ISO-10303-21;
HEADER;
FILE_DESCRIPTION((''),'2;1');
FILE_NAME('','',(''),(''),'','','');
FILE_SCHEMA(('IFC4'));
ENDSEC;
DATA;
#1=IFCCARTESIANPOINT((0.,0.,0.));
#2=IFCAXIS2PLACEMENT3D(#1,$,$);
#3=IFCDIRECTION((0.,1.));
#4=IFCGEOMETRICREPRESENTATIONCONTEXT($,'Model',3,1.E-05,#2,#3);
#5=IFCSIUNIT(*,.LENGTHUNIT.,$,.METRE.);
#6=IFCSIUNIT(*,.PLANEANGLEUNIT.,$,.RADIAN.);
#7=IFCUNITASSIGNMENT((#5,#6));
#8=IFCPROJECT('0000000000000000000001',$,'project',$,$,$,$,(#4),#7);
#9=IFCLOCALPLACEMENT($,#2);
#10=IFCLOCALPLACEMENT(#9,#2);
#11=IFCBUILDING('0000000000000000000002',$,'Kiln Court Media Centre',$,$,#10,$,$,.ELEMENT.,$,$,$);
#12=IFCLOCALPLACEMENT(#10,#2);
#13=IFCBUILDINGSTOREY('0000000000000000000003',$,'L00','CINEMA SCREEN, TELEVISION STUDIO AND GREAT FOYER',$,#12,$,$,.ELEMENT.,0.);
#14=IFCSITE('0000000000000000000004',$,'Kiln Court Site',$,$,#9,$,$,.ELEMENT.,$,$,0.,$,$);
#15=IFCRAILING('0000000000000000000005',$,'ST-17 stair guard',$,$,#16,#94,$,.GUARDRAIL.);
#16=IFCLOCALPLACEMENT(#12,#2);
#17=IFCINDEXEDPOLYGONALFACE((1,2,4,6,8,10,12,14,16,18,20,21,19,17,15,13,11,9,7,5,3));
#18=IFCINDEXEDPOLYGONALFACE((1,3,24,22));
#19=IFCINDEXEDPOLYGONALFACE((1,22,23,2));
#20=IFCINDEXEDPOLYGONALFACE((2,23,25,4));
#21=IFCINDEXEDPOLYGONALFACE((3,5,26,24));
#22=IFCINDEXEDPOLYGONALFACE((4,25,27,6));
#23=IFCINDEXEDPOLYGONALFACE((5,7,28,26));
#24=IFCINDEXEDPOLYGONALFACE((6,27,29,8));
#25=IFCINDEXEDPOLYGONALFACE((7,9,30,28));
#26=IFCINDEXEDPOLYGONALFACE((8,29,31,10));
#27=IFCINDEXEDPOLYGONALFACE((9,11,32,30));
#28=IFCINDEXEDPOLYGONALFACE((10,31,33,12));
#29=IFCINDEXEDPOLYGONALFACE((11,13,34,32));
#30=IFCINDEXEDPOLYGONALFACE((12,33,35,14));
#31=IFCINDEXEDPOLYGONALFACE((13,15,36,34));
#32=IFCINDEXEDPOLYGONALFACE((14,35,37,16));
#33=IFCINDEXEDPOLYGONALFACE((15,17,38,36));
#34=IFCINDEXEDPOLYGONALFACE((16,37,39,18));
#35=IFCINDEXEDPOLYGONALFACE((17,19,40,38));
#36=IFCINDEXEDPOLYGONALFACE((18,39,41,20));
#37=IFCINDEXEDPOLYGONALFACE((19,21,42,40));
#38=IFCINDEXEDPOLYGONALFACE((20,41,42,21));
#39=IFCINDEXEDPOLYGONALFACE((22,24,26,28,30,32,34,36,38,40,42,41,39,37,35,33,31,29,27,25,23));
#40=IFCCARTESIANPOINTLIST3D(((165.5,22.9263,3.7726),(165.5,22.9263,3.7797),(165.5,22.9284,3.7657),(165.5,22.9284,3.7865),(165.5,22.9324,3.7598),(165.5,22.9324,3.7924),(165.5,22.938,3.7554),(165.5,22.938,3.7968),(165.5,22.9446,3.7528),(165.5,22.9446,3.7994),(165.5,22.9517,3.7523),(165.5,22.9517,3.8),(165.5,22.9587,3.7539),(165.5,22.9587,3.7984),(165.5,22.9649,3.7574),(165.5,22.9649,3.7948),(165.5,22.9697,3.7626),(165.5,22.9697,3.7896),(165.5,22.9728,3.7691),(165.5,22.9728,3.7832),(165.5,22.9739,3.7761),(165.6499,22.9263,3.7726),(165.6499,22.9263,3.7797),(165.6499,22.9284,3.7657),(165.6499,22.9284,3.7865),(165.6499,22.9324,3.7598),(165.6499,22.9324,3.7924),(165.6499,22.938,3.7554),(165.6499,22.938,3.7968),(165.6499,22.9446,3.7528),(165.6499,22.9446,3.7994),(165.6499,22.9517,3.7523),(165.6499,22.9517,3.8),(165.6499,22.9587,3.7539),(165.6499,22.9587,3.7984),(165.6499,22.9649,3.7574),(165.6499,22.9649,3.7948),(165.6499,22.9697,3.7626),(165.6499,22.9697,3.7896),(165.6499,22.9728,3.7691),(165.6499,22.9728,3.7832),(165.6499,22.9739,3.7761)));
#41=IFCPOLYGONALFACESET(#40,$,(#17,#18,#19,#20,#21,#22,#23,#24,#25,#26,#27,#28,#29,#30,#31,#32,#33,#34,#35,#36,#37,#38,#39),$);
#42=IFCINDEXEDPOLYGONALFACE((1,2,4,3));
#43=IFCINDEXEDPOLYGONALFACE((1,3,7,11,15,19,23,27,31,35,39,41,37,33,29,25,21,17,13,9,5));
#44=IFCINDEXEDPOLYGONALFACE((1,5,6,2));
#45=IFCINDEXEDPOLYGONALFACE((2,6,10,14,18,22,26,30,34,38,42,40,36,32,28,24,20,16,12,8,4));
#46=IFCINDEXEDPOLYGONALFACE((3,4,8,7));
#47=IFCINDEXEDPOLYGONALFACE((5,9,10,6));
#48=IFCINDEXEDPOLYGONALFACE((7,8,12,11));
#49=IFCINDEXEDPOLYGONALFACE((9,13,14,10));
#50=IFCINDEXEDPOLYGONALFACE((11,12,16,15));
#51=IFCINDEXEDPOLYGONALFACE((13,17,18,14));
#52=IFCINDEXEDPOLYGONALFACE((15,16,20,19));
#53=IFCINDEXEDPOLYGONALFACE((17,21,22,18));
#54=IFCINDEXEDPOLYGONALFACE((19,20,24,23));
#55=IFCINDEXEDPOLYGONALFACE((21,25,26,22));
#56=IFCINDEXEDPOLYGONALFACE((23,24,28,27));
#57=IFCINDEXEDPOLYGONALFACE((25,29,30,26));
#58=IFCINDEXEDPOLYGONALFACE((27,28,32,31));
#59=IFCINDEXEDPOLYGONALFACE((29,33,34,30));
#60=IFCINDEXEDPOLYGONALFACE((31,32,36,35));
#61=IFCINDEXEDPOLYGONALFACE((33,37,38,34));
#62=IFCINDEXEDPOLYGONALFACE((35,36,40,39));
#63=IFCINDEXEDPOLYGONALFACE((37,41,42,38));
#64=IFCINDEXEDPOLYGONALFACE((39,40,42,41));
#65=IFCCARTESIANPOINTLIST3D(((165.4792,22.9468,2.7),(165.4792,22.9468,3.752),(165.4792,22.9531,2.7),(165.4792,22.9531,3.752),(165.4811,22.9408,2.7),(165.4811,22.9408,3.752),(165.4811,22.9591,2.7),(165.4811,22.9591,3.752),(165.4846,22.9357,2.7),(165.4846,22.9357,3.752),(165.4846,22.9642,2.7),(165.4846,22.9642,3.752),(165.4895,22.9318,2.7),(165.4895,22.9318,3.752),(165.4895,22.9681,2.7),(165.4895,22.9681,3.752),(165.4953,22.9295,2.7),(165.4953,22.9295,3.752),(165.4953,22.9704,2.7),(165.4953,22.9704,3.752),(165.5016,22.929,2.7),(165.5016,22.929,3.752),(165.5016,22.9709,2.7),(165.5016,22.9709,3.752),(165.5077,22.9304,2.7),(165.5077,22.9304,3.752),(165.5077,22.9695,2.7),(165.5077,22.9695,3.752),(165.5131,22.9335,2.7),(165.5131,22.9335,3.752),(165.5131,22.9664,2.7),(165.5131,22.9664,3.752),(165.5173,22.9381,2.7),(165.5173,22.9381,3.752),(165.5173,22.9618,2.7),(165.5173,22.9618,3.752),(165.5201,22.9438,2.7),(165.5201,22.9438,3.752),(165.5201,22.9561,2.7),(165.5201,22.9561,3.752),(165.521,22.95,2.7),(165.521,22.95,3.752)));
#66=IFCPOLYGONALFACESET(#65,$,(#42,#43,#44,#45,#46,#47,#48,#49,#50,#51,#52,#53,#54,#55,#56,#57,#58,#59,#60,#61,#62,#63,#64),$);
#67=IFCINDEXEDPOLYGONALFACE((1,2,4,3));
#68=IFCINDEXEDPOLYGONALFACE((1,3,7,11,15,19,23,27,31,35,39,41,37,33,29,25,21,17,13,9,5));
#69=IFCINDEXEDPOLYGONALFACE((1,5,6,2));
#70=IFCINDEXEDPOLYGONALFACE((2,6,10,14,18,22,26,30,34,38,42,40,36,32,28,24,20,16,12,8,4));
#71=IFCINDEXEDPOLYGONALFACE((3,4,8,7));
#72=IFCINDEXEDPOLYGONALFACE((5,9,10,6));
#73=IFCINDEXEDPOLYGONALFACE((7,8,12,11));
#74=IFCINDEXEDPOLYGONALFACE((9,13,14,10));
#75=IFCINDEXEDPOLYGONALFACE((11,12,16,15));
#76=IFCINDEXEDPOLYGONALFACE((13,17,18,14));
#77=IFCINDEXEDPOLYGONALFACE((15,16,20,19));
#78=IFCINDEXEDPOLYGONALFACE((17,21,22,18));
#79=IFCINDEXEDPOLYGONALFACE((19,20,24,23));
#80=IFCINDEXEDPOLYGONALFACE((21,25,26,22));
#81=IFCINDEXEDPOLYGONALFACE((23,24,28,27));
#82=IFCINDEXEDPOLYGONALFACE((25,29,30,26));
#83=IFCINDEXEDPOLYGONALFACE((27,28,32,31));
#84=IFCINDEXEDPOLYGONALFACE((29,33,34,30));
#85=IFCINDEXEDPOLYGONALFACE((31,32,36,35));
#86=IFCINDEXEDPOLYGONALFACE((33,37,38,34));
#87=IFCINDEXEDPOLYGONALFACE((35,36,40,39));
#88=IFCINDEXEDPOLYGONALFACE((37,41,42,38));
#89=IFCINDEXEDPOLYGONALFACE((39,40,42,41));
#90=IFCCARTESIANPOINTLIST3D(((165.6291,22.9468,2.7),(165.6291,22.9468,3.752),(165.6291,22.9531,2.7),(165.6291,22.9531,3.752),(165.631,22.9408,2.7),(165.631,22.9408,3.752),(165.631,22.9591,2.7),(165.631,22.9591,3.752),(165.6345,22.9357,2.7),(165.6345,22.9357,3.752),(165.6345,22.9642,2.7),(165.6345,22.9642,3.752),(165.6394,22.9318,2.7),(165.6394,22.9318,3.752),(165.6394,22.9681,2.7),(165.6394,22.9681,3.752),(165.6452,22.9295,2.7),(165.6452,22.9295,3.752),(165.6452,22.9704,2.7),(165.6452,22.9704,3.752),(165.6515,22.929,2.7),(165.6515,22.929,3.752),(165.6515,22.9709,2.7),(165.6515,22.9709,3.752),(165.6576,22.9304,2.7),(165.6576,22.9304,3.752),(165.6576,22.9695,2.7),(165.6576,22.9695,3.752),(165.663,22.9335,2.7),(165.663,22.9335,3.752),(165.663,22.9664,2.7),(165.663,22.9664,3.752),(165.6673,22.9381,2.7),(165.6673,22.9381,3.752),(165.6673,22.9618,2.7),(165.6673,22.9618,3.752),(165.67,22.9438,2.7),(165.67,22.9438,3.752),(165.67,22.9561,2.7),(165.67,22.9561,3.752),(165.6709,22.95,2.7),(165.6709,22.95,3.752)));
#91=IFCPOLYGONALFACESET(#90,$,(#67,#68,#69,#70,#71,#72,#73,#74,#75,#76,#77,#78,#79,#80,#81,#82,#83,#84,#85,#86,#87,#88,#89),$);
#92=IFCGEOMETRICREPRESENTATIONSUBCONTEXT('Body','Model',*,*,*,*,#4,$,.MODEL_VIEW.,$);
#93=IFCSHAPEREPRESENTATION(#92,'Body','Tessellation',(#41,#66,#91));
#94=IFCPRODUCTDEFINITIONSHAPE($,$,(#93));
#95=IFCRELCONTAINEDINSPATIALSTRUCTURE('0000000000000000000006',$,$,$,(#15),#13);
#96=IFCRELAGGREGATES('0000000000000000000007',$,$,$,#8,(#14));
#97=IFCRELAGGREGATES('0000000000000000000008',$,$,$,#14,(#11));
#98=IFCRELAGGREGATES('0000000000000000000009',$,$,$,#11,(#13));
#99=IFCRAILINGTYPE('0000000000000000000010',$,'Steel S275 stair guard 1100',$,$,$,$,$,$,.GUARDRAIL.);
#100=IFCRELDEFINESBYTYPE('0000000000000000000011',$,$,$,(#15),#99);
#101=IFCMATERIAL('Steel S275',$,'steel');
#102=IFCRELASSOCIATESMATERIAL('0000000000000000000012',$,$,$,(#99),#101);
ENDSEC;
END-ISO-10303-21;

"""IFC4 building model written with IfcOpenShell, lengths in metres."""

from ifc_helpers import new_model, si_unit, direction, frame, origin, origin_2d, place, context, subcontext, project, spatial, circle, extrude, material, type_object, element, save


model = new_model("IFC4")

# Units and contexts
model_context = context("Model", 3, precision=1e-05, world=origin(), true_north=direction((0.0, 1.0)))
body_context = subcontext(model_context, "Body", "Model", "MODEL_VIEW")
ifc_project = project(units=[si_unit("LENGTHUNIT", "METRE"), si_unit("PLANEANGLEUNIT", "RADIAN")], contexts=[model_context])

# Site, building, storey
site_placement = place(None, origin())
site = spatial("IfcSite", under=ifc_project, at=site_placement, Name="Kiln Court Site", CompositionType="ELEMENT", RefElevation=0.0)
building_placement = place(site_placement, origin())
building = spatial("IfcBuilding", under=site, at=building_placement, Name="Kiln Court Media Centre", CompositionType="ELEMENT")
storey_placement = place(building_placement, origin())
storey = spatial("IfcBuildingStorey", under=building, at=storey_placement, Name="L00", Description="CINEMA SCREEN, TELEVISION STUDIO AND GREAT FOYER", CompositionType="ELEMENT", Elevation=0.0)

# Railing
ifc_material_1 = material(Name="Steel S275", Category="steel")
railing_type_1 = type_object("IfcRailingType", Name="Steel S275 stair guard 1100", PredefinedType="GUARDRAIL", material=ifc_material_1)
railing_1_placement = place(storey_placement, frame((165.5, 22.95, 2.7)))
element("IfcRailing", 1, at=railing_1_placement, inside=storey, type_object=railing_type_1, Name="ST-17 stair guard", PredefinedType="GUARDRAIL", context=body_context, shape_type="SweptSolid", body=[
    extrude(circle(Radius=0.0239, at=origin_2d()), frame((0.0, 0.0, 1.0762), z_axis=(1.0, 0.0, 0.0), x_axis=(0.0, 1.0, 0.0)), (0.0, 0.0, 1.0), 0.1499),
    extrude(circle(Radius=0.021, at=origin_2d()), origin(), (0.0, 0.0, 1.0), 1.052),
    extrude(circle(Radius=0.021, at=origin_2d()), frame((0.1499, 0.0, 0.0)), (0.0, 0.0, 1.0), 1.052),
])

save(model, "model.ifc")
